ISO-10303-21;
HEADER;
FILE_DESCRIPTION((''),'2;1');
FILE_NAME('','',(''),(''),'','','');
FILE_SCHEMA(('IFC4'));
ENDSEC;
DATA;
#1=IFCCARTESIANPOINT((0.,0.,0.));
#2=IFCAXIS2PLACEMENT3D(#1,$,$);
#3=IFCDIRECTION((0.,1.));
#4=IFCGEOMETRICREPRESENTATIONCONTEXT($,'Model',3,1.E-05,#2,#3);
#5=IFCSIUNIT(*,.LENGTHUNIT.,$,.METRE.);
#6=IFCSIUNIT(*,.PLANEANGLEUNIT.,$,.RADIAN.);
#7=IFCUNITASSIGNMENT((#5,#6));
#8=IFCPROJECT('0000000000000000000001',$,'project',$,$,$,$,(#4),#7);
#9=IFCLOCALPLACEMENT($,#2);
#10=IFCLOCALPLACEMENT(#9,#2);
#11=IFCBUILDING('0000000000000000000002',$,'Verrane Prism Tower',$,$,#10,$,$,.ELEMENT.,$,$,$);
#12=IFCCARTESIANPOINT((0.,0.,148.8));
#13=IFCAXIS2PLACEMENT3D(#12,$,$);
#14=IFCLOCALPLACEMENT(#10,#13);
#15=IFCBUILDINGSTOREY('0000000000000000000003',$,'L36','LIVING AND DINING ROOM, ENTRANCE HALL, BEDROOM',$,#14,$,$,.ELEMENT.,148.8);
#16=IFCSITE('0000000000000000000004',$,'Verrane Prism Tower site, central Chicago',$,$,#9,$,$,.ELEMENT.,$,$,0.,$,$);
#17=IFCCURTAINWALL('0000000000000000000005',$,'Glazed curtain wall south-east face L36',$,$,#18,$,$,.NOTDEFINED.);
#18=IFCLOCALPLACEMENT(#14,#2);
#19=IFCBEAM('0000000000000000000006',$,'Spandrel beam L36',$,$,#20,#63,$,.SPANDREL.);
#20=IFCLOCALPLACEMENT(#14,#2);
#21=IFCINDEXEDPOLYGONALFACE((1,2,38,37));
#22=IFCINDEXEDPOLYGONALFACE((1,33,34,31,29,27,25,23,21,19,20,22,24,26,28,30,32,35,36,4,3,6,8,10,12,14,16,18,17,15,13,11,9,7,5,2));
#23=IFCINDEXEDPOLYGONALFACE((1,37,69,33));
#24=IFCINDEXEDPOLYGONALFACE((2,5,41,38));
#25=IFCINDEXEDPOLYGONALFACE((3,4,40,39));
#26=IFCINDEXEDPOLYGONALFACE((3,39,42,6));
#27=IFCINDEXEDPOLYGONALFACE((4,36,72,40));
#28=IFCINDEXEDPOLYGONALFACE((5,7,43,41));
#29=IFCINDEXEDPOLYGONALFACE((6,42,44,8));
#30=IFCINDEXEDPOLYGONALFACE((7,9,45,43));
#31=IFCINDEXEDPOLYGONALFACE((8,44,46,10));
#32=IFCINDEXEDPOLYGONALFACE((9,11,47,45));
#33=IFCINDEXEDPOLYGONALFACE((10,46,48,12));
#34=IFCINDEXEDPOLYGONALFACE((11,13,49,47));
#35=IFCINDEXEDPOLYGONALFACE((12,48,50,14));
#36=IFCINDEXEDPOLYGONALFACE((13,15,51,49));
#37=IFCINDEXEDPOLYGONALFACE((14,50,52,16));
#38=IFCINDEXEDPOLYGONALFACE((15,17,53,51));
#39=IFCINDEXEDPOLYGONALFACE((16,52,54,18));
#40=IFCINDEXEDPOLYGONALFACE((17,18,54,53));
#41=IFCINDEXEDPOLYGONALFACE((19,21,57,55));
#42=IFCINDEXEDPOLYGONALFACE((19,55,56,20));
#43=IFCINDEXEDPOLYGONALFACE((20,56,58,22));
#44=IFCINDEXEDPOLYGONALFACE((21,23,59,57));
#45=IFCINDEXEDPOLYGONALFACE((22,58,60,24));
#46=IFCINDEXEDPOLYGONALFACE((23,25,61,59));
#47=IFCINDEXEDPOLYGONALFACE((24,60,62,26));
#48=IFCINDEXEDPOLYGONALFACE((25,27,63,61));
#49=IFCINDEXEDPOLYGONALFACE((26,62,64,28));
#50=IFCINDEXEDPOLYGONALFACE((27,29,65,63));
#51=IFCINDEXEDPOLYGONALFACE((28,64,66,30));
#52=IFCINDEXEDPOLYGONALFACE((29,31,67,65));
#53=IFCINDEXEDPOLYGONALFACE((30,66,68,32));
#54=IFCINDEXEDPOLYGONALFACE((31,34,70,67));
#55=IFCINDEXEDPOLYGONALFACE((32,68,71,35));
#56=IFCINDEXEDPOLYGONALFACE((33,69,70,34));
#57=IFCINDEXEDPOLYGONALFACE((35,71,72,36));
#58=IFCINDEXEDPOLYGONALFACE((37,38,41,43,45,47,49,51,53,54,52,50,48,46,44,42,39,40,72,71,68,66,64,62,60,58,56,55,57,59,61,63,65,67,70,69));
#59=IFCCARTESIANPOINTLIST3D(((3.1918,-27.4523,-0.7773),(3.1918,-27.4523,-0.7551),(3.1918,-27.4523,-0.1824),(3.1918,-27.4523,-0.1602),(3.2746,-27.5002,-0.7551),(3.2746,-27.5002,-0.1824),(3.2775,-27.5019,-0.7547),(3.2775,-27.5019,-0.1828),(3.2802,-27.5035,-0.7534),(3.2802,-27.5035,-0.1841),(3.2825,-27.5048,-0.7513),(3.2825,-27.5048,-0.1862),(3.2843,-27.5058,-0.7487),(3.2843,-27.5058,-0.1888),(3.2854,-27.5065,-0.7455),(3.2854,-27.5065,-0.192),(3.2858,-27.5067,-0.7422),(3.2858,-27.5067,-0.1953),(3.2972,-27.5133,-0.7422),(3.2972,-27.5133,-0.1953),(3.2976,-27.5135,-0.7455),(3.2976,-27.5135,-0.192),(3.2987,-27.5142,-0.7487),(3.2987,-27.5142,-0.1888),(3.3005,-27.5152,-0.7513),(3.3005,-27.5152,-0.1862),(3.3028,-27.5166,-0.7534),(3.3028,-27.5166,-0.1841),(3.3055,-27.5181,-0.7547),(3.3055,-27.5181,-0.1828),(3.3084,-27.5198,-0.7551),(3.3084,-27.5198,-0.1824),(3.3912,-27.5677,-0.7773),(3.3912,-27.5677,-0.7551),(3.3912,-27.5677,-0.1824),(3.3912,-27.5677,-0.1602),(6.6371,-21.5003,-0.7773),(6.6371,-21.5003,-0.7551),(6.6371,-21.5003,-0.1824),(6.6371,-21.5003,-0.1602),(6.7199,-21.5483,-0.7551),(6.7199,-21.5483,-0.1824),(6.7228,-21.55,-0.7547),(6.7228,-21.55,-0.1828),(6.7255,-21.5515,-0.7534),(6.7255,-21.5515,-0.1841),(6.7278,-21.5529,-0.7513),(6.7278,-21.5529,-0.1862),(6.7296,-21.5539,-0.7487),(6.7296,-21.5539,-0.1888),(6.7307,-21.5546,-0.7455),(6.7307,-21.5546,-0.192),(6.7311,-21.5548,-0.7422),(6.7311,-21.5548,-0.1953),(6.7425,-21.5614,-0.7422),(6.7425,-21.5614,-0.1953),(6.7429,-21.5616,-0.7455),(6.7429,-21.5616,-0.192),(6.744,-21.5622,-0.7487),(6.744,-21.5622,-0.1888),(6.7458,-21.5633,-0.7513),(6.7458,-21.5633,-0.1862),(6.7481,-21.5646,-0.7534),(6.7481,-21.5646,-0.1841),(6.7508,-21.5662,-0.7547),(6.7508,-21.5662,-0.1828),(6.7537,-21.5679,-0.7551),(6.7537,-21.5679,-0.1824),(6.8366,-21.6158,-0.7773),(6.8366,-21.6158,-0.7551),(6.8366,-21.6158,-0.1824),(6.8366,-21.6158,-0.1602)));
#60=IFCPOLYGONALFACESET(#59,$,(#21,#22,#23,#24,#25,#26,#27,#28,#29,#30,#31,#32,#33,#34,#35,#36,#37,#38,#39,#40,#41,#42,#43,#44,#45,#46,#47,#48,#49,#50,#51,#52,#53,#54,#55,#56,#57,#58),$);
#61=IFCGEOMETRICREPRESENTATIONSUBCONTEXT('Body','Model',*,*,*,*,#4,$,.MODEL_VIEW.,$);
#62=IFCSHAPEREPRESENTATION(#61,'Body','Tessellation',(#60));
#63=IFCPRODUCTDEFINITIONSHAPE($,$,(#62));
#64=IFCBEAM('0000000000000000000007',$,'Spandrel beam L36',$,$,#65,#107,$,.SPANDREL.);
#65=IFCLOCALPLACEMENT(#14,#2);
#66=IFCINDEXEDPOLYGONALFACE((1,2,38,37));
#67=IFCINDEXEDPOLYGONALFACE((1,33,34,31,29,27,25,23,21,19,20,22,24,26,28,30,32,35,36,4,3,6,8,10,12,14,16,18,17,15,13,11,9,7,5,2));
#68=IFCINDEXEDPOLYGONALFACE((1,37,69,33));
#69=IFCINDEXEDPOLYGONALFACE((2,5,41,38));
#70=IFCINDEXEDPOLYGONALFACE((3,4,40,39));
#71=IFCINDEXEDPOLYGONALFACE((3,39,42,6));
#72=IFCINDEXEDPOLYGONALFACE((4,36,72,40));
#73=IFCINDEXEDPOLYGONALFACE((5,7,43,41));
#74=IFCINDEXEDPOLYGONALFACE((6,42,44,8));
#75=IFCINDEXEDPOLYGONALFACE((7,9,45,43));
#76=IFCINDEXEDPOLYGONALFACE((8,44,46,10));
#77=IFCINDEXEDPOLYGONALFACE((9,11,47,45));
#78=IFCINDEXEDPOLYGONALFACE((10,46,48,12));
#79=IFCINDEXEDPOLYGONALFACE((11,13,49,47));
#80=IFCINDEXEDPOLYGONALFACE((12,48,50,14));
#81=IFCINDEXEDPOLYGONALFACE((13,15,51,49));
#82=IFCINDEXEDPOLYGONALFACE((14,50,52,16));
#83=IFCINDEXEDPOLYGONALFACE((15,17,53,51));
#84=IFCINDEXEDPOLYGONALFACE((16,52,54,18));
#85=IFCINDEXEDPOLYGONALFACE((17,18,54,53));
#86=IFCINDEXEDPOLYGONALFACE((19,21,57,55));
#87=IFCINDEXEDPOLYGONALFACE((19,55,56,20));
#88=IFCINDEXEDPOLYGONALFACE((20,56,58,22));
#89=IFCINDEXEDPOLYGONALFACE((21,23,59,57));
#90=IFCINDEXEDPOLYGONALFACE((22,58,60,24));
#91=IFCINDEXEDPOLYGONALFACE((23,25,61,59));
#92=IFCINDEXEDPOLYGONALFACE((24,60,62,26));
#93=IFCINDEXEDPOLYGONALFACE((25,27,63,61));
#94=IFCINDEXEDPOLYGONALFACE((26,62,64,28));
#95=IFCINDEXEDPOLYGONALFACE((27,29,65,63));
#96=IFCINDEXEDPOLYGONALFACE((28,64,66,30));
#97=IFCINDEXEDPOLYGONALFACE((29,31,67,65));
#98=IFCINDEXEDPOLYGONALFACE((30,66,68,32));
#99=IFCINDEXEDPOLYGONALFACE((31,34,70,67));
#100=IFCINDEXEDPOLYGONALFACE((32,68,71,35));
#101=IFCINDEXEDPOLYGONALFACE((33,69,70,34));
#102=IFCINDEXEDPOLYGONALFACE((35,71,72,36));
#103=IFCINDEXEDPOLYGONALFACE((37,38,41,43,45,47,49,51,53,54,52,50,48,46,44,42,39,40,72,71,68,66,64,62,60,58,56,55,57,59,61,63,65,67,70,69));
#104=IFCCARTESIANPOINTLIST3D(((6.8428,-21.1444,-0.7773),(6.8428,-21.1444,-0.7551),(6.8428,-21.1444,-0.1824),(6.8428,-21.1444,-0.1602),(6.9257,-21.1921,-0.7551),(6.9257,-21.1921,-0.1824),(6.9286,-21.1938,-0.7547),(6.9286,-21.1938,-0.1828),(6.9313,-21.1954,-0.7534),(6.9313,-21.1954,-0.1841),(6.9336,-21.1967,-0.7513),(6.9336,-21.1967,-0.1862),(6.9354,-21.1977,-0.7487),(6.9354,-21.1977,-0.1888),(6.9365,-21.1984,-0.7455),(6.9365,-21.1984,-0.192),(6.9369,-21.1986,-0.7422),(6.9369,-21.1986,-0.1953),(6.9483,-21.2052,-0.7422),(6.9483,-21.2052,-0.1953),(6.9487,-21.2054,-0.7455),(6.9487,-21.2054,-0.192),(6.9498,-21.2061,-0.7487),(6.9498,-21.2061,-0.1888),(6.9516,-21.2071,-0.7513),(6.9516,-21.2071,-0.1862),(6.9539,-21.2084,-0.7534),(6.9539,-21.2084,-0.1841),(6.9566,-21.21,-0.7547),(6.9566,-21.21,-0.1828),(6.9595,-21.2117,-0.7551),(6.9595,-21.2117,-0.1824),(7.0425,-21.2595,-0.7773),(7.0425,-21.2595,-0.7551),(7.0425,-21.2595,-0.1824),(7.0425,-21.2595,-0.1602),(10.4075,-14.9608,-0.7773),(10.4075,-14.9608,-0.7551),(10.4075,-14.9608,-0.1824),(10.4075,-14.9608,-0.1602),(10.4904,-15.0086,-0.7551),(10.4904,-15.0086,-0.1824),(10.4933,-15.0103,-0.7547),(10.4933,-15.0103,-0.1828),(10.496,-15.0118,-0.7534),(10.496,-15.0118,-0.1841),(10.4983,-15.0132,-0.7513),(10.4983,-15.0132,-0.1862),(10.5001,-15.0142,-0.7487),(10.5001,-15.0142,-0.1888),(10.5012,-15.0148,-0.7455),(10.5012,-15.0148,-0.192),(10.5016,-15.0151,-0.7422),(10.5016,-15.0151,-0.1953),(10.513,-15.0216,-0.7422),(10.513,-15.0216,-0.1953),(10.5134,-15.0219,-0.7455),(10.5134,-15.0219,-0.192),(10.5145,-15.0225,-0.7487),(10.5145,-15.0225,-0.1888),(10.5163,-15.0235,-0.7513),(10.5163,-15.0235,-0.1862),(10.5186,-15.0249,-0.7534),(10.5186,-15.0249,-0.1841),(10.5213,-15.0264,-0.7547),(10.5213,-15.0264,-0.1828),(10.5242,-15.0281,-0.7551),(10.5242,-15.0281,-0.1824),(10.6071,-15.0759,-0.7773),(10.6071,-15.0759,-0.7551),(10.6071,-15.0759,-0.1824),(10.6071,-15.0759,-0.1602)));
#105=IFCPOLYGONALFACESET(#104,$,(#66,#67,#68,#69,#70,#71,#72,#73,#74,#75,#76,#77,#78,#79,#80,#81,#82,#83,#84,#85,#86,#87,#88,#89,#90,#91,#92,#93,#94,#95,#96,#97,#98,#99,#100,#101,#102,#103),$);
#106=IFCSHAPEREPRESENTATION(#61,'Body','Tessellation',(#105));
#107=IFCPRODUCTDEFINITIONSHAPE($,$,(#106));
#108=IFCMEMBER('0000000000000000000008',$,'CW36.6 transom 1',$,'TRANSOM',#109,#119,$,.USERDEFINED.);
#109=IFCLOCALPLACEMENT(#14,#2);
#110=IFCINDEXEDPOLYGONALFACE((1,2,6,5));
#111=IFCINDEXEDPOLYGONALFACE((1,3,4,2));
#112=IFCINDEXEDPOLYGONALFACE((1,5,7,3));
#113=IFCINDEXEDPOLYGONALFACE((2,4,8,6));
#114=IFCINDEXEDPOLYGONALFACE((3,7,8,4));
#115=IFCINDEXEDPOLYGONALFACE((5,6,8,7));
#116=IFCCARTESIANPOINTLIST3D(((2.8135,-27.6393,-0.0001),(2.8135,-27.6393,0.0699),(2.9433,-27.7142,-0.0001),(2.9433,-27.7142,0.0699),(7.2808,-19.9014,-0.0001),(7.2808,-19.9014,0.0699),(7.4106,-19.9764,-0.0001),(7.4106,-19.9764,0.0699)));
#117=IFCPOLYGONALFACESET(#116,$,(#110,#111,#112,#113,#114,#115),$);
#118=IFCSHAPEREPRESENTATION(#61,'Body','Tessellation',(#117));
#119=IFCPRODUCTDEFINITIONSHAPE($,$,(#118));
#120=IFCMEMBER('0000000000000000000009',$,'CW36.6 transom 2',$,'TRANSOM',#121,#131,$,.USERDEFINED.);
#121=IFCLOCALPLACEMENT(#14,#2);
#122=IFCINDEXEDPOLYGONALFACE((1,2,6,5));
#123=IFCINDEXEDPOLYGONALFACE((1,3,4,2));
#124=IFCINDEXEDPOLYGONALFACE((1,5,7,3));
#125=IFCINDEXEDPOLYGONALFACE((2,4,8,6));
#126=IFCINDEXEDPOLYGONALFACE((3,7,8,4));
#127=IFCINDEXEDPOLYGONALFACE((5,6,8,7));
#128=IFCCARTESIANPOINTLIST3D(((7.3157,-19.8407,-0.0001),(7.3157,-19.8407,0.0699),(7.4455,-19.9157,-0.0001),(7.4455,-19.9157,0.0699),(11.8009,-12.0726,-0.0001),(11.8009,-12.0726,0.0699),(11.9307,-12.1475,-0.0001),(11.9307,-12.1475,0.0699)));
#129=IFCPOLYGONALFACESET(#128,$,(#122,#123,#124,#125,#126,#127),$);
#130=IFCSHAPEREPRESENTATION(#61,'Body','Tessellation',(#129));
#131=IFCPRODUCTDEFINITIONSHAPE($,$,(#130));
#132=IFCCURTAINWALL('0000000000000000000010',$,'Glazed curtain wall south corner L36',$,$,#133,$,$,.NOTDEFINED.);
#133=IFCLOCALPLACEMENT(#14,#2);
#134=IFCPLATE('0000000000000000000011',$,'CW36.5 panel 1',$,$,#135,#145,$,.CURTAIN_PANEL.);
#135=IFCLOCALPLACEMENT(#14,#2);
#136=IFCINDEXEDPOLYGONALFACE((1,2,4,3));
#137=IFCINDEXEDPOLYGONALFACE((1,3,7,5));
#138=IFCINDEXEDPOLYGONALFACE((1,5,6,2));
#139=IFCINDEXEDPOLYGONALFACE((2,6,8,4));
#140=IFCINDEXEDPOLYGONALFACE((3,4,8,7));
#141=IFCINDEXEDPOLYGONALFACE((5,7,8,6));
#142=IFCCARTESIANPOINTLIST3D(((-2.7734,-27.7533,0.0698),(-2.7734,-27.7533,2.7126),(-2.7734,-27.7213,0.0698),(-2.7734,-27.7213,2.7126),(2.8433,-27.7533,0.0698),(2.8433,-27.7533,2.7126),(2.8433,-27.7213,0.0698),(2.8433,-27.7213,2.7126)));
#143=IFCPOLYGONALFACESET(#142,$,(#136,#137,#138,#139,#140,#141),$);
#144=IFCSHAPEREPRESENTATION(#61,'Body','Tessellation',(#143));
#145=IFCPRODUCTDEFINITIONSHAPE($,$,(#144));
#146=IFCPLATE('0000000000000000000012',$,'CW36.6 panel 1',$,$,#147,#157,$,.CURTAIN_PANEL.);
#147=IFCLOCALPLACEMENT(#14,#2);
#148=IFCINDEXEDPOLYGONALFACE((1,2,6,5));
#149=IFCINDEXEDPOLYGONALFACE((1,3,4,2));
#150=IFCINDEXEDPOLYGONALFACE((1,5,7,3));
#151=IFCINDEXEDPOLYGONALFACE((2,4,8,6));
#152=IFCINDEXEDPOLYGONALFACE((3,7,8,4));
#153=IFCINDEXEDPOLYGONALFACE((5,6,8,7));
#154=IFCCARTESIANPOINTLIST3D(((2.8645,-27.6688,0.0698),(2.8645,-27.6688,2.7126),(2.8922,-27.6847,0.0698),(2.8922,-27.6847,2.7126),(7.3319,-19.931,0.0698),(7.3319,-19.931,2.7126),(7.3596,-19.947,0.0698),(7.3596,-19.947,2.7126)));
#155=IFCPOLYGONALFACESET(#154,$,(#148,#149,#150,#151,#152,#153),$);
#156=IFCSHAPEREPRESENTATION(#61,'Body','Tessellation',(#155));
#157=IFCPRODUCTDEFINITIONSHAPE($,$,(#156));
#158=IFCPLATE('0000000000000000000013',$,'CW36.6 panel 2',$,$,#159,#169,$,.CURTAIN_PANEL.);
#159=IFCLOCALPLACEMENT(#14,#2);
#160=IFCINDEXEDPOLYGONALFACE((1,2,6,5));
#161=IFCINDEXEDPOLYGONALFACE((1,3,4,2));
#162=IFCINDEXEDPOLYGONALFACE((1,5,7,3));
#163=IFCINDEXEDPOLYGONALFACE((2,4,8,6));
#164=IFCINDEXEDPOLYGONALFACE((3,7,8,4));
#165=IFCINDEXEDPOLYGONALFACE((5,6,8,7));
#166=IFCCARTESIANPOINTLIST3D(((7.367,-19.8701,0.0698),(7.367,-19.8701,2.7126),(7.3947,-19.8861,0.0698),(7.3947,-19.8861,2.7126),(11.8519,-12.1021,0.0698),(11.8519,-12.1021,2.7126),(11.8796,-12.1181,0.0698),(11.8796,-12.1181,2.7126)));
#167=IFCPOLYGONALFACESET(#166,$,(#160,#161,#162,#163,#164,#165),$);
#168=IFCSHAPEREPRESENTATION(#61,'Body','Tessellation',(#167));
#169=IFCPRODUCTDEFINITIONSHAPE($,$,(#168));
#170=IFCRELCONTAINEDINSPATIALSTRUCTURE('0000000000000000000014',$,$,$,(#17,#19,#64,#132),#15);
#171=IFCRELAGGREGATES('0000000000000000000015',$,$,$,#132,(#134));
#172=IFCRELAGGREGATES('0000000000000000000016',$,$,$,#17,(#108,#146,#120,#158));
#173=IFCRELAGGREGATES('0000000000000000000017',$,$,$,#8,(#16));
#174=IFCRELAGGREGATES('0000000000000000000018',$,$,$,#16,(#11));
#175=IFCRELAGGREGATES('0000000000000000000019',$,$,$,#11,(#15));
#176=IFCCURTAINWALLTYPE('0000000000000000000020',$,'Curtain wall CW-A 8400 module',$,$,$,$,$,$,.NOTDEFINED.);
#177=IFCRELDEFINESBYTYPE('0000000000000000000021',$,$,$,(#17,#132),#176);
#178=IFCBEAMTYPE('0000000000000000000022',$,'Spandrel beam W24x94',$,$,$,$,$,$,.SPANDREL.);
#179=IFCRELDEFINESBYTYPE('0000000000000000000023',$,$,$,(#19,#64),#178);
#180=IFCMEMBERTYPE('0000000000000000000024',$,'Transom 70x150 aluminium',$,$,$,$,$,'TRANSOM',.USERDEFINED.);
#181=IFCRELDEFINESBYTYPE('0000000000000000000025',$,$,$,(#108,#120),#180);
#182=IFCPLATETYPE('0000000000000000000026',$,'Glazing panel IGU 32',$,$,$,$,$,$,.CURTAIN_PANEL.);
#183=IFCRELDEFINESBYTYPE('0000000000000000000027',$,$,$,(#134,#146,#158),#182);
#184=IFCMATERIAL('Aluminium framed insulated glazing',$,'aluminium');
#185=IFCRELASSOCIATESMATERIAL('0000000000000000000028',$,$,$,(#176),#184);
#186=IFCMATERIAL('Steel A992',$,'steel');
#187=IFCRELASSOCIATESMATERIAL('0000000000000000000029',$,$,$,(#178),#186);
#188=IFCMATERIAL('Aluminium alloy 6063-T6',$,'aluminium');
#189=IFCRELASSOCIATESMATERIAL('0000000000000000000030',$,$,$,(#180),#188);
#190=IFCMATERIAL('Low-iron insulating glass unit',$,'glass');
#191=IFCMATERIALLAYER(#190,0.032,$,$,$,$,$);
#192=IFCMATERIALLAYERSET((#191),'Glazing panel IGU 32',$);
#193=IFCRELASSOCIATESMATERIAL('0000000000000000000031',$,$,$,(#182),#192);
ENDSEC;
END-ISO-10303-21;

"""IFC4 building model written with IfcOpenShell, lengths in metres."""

from ifc_helpers import new_model, si_unit, direction, frame, origin, origin_2d, place, context, subcontext, project, spatial, rectangle, i_section, extrude, material, layer, layer_set, material_profile, profile_set, type_object, element, aggregate, save


model = new_model("IFC4")

# Units and contexts
model_context = context("Model", 3, precision=1e-05, world=origin(), true_north=direction((0.0, 1.0)))
body_context = subcontext(model_context, "Body", "Model", "MODEL_VIEW")
ifc_project = project(units=[si_unit("LENGTHUNIT", "METRE"), si_unit("PLANEANGLEUNIT", "RADIAN")], contexts=[model_context])

# Site, building, storey
site_placement = place(None, origin())
site = spatial("IfcSite", under=ifc_project, at=site_placement, Name="Verrane Prism Tower site, central Chicago", CompositionType="ELEMENT", RefElevation=0.0)
building_placement = place(site_placement, origin())
building = spatial("IfcBuilding", under=site, at=building_placement, Name="Verrane Prism Tower", CompositionType="ELEMENT")
storey_placement = place(building_placement, frame((0.0, 0.0, 148.8)))
storey = spatial("IfcBuildingStorey", under=building, at=storey_placement, Name="L36", Description="LIVING AND DINING ROOM, ENTRANCE HALL, BEDROOM", CompositionType="ELEMENT", Elevation=148.8)

# Curtain wall
ifc_material_1 = material(Name="Aluminium framed insulated glazing", Category="aluminium")
curtain_wall_type = type_object("IfcCurtainWallType", Name="Curtain wall CW-A 8400 module", PredefinedType="NOTDEFINED", material=ifc_material_1)
curtain_wall_1_placement = place(storey_placement, origin())
curtain_wall_1 = element("IfcCurtainWall", 1, at=curtain_wall_1_placement, inside=storey, type_object=curtain_wall_type, Name="Glazed curtain wall south-east face L36", PredefinedType="NOTDEFINED")

# Beams
ifc_material_2 = material(Name="Steel A992", Category="steel")
ifc_material_profile_1 = material_profile(ifc_material_2, i_section(OverallWidth=0.2305, OverallDepth=0.6172, WebThickness=0.0132, FlangeThickness=0.0222, FilletRadius=0.0129, at=origin_2d()), Name="W24x94")
ifc_profile_set_1 = profile_set([ifc_material_profile_1], Name="Steel A992")
beam_type_1 = type_object("IfcBeamType", Name="Spandrel beam W24x94", PredefinedType="SPANDREL", material=ifc_profile_set_1)
beam_1_placement = place(storey_placement, frame((3.2915, -27.51, -0.4688), z_axis=(0.500979, 0.86546, 0.0), x_axis=(-0.86546, 0.500979, 0.0)))
element("IfcBeam", 2, at=beam_1_placement, inside=storey, type_object=beam_type_1, Name="Spandrel beam L36", PredefinedType="SPANDREL", context=body_context, shape_type="SweptSolid", body=[
    extrude(i_section(OverallWidth=0.2305, OverallDepth=0.6172, WebThickness=0.0132, FlangeThickness=0.0222, FilletRadius=0.0129, at=origin_2d()), origin(), (0.0, 0.0, 1.0), 6.8772),
])
beam_2_placement = place(storey_placement, frame((6.9426, -21.2019, -0.4688), z_axis=(0.499432, 0.866353, 0.0), x_axis=(-0.866353, 0.499432, 0.0)))
element("IfcBeam", 3, at=beam_2_placement, inside=storey, type_object=beam_type_1, Name="Spandrel beam L36", PredefinedType="SPANDREL", context=body_context, shape_type="SweptSolid", body=[
    extrude(i_section(OverallWidth=0.2305, OverallDepth=0.6172, WebThickness=0.0132, FlangeThickness=0.0222, FilletRadius=0.0129, at=origin_2d()), origin(), (0.0, 0.0, 1.0), 7.1375),
])

# Members
ifc_material_3 = material(Name="Aluminium alloy 6063-T6", Category="aluminium")
ifc_material_profile_2 = material_profile(ifc_material_3, rectangle(XDim=0.1499, YDim=0.0701, at=origin_2d()), Name="Transom 70x150 aluminium")
ifc_profile_set_2 = profile_set([ifc_material_profile_2], Name="Aluminium alloy 6063-T6")
member_type_1 = type_object("IfcMemberType", Name="Transom 70x150 aluminium", ElementType="TRANSOM", PredefinedType="USERDEFINED", material=ifc_profile_set_2)
member_1_placement = place(storey_placement, frame((2.8784, -27.6768, 0.0349), z_axis=(0.499989, 0.866032, 0.0), x_axis=(-0.866032, 0.499989, 0.0)))
member_1 = element("IfcMember", 4, at=member_1_placement, type_object=member_type_1, Name="CW36.6 transom 1", ObjectType="TRANSOM", PredefinedType="USERDEFINED", context=body_context, shape_type="SweptSolid", body=[
    extrude(rectangle(XDim=0.1499, YDim=0.0701, at=origin_2d()), origin(), (0.0, 0.0, 1.0), 8.9348),
])
member_2_placement = place(storey_placement, frame((7.3806, -19.8782, 0.0349), z_axis=(0.500018, 0.866015, 0.0), x_axis=(-0.866015, 0.500018, 0.0)))
member_2 = element("IfcMember", 5, at=member_2_placement, type_object=member_type_1, Name="CW36.6 transom 2", ObjectType="TRANSOM", PredefinedType="USERDEFINED", context=body_context, shape_type="SweptSolid", body=[
    extrude(rectangle(XDim=0.1499, YDim=0.0701, at=origin_2d()), origin(), (0.0, 0.0, 1.0), 8.97),
])

# Curtain wall, plate
curtain_wall_2_placement = place(storey_placement, origin())
curtain_wall_2 = element("IfcCurtainWall", 6, at=curtain_wall_2_placement, inside=storey, type_object=curtain_wall_type, Name="Glazed curtain wall south corner L36", PredefinedType="NOTDEFINED")
ifc_material_4 = material(Name="Low-iron insulating glass unit", Category="glass")
ifc_layer_1 = layer(ifc_material_4, 0.032)
ifc_layer_set_1 = layer_set([ifc_layer_1], Name="Glazing panel IGU 32")
plate_type = type_object("IfcPlateType", Name="Glazing panel IGU 32", PredefinedType="CURTAIN_PANEL", material=ifc_layer_set_1)
plate_1_placement = place(storey_placement, frame((0.0349, -27.7373, 0.0698), z_axis=(0.0, 0.0, 1.0), x_axis=(1.0, 0.0, 0.0)))
plate_1 = element("IfcPlate", 7, at=plate_1_placement, type_object=plate_type, Name="CW36.5 panel 1", PredefinedType="CURTAIN_PANEL", context=body_context, shape_type="SweptSolid", body=[
    extrude(rectangle(XDim=5.6167, YDim=0.032, at=origin_2d()), origin(), (0.0, 0.0, 1.0), 2.6428),
])
aggregate(curtain_wall_2, [plate_1])

# Plates
plate_2_placement = place(storey_placement, frame((5.1121, -23.8079, 0.0698), z_axis=(0.0, 0.0, 1.0), x_axis=(0.500001, 0.866025, 0.0)))
plate_2 = element("IfcPlate", 8, at=plate_2_placement, type_object=plate_type, Name="CW36.6 panel 1", PredefinedType="CURTAIN_PANEL", context=body_context, shape_type="SweptSolid", body=[
    extrude(rectangle(XDim=8.9348, YDim=0.032, at=origin_2d()), origin(), (0.0, 0.0, 1.0), 2.6428),
])
plate_3_placement = place(storey_placement, frame((9.6233, -15.9941, 0.0698), z_axis=(0.0, 0.0, 1.0), x_axis=(0.500001, 0.866025, 0.0)))
plate_3 = element("IfcPlate", 9, at=plate_3_placement, type_object=plate_type, Name="CW36.6 panel 2", PredefinedType="CURTAIN_PANEL", context=body_context, shape_type="SweptSolid", body=[
    extrude(rectangle(XDim=8.9697, YDim=0.032, at=origin_2d()), origin(), (0.0, 0.0, 1.0), 2.6428),
])
aggregate(curtain_wall_1, [member_1, plate_2, member_2, plate_3])

save(model, "model.ifc")
